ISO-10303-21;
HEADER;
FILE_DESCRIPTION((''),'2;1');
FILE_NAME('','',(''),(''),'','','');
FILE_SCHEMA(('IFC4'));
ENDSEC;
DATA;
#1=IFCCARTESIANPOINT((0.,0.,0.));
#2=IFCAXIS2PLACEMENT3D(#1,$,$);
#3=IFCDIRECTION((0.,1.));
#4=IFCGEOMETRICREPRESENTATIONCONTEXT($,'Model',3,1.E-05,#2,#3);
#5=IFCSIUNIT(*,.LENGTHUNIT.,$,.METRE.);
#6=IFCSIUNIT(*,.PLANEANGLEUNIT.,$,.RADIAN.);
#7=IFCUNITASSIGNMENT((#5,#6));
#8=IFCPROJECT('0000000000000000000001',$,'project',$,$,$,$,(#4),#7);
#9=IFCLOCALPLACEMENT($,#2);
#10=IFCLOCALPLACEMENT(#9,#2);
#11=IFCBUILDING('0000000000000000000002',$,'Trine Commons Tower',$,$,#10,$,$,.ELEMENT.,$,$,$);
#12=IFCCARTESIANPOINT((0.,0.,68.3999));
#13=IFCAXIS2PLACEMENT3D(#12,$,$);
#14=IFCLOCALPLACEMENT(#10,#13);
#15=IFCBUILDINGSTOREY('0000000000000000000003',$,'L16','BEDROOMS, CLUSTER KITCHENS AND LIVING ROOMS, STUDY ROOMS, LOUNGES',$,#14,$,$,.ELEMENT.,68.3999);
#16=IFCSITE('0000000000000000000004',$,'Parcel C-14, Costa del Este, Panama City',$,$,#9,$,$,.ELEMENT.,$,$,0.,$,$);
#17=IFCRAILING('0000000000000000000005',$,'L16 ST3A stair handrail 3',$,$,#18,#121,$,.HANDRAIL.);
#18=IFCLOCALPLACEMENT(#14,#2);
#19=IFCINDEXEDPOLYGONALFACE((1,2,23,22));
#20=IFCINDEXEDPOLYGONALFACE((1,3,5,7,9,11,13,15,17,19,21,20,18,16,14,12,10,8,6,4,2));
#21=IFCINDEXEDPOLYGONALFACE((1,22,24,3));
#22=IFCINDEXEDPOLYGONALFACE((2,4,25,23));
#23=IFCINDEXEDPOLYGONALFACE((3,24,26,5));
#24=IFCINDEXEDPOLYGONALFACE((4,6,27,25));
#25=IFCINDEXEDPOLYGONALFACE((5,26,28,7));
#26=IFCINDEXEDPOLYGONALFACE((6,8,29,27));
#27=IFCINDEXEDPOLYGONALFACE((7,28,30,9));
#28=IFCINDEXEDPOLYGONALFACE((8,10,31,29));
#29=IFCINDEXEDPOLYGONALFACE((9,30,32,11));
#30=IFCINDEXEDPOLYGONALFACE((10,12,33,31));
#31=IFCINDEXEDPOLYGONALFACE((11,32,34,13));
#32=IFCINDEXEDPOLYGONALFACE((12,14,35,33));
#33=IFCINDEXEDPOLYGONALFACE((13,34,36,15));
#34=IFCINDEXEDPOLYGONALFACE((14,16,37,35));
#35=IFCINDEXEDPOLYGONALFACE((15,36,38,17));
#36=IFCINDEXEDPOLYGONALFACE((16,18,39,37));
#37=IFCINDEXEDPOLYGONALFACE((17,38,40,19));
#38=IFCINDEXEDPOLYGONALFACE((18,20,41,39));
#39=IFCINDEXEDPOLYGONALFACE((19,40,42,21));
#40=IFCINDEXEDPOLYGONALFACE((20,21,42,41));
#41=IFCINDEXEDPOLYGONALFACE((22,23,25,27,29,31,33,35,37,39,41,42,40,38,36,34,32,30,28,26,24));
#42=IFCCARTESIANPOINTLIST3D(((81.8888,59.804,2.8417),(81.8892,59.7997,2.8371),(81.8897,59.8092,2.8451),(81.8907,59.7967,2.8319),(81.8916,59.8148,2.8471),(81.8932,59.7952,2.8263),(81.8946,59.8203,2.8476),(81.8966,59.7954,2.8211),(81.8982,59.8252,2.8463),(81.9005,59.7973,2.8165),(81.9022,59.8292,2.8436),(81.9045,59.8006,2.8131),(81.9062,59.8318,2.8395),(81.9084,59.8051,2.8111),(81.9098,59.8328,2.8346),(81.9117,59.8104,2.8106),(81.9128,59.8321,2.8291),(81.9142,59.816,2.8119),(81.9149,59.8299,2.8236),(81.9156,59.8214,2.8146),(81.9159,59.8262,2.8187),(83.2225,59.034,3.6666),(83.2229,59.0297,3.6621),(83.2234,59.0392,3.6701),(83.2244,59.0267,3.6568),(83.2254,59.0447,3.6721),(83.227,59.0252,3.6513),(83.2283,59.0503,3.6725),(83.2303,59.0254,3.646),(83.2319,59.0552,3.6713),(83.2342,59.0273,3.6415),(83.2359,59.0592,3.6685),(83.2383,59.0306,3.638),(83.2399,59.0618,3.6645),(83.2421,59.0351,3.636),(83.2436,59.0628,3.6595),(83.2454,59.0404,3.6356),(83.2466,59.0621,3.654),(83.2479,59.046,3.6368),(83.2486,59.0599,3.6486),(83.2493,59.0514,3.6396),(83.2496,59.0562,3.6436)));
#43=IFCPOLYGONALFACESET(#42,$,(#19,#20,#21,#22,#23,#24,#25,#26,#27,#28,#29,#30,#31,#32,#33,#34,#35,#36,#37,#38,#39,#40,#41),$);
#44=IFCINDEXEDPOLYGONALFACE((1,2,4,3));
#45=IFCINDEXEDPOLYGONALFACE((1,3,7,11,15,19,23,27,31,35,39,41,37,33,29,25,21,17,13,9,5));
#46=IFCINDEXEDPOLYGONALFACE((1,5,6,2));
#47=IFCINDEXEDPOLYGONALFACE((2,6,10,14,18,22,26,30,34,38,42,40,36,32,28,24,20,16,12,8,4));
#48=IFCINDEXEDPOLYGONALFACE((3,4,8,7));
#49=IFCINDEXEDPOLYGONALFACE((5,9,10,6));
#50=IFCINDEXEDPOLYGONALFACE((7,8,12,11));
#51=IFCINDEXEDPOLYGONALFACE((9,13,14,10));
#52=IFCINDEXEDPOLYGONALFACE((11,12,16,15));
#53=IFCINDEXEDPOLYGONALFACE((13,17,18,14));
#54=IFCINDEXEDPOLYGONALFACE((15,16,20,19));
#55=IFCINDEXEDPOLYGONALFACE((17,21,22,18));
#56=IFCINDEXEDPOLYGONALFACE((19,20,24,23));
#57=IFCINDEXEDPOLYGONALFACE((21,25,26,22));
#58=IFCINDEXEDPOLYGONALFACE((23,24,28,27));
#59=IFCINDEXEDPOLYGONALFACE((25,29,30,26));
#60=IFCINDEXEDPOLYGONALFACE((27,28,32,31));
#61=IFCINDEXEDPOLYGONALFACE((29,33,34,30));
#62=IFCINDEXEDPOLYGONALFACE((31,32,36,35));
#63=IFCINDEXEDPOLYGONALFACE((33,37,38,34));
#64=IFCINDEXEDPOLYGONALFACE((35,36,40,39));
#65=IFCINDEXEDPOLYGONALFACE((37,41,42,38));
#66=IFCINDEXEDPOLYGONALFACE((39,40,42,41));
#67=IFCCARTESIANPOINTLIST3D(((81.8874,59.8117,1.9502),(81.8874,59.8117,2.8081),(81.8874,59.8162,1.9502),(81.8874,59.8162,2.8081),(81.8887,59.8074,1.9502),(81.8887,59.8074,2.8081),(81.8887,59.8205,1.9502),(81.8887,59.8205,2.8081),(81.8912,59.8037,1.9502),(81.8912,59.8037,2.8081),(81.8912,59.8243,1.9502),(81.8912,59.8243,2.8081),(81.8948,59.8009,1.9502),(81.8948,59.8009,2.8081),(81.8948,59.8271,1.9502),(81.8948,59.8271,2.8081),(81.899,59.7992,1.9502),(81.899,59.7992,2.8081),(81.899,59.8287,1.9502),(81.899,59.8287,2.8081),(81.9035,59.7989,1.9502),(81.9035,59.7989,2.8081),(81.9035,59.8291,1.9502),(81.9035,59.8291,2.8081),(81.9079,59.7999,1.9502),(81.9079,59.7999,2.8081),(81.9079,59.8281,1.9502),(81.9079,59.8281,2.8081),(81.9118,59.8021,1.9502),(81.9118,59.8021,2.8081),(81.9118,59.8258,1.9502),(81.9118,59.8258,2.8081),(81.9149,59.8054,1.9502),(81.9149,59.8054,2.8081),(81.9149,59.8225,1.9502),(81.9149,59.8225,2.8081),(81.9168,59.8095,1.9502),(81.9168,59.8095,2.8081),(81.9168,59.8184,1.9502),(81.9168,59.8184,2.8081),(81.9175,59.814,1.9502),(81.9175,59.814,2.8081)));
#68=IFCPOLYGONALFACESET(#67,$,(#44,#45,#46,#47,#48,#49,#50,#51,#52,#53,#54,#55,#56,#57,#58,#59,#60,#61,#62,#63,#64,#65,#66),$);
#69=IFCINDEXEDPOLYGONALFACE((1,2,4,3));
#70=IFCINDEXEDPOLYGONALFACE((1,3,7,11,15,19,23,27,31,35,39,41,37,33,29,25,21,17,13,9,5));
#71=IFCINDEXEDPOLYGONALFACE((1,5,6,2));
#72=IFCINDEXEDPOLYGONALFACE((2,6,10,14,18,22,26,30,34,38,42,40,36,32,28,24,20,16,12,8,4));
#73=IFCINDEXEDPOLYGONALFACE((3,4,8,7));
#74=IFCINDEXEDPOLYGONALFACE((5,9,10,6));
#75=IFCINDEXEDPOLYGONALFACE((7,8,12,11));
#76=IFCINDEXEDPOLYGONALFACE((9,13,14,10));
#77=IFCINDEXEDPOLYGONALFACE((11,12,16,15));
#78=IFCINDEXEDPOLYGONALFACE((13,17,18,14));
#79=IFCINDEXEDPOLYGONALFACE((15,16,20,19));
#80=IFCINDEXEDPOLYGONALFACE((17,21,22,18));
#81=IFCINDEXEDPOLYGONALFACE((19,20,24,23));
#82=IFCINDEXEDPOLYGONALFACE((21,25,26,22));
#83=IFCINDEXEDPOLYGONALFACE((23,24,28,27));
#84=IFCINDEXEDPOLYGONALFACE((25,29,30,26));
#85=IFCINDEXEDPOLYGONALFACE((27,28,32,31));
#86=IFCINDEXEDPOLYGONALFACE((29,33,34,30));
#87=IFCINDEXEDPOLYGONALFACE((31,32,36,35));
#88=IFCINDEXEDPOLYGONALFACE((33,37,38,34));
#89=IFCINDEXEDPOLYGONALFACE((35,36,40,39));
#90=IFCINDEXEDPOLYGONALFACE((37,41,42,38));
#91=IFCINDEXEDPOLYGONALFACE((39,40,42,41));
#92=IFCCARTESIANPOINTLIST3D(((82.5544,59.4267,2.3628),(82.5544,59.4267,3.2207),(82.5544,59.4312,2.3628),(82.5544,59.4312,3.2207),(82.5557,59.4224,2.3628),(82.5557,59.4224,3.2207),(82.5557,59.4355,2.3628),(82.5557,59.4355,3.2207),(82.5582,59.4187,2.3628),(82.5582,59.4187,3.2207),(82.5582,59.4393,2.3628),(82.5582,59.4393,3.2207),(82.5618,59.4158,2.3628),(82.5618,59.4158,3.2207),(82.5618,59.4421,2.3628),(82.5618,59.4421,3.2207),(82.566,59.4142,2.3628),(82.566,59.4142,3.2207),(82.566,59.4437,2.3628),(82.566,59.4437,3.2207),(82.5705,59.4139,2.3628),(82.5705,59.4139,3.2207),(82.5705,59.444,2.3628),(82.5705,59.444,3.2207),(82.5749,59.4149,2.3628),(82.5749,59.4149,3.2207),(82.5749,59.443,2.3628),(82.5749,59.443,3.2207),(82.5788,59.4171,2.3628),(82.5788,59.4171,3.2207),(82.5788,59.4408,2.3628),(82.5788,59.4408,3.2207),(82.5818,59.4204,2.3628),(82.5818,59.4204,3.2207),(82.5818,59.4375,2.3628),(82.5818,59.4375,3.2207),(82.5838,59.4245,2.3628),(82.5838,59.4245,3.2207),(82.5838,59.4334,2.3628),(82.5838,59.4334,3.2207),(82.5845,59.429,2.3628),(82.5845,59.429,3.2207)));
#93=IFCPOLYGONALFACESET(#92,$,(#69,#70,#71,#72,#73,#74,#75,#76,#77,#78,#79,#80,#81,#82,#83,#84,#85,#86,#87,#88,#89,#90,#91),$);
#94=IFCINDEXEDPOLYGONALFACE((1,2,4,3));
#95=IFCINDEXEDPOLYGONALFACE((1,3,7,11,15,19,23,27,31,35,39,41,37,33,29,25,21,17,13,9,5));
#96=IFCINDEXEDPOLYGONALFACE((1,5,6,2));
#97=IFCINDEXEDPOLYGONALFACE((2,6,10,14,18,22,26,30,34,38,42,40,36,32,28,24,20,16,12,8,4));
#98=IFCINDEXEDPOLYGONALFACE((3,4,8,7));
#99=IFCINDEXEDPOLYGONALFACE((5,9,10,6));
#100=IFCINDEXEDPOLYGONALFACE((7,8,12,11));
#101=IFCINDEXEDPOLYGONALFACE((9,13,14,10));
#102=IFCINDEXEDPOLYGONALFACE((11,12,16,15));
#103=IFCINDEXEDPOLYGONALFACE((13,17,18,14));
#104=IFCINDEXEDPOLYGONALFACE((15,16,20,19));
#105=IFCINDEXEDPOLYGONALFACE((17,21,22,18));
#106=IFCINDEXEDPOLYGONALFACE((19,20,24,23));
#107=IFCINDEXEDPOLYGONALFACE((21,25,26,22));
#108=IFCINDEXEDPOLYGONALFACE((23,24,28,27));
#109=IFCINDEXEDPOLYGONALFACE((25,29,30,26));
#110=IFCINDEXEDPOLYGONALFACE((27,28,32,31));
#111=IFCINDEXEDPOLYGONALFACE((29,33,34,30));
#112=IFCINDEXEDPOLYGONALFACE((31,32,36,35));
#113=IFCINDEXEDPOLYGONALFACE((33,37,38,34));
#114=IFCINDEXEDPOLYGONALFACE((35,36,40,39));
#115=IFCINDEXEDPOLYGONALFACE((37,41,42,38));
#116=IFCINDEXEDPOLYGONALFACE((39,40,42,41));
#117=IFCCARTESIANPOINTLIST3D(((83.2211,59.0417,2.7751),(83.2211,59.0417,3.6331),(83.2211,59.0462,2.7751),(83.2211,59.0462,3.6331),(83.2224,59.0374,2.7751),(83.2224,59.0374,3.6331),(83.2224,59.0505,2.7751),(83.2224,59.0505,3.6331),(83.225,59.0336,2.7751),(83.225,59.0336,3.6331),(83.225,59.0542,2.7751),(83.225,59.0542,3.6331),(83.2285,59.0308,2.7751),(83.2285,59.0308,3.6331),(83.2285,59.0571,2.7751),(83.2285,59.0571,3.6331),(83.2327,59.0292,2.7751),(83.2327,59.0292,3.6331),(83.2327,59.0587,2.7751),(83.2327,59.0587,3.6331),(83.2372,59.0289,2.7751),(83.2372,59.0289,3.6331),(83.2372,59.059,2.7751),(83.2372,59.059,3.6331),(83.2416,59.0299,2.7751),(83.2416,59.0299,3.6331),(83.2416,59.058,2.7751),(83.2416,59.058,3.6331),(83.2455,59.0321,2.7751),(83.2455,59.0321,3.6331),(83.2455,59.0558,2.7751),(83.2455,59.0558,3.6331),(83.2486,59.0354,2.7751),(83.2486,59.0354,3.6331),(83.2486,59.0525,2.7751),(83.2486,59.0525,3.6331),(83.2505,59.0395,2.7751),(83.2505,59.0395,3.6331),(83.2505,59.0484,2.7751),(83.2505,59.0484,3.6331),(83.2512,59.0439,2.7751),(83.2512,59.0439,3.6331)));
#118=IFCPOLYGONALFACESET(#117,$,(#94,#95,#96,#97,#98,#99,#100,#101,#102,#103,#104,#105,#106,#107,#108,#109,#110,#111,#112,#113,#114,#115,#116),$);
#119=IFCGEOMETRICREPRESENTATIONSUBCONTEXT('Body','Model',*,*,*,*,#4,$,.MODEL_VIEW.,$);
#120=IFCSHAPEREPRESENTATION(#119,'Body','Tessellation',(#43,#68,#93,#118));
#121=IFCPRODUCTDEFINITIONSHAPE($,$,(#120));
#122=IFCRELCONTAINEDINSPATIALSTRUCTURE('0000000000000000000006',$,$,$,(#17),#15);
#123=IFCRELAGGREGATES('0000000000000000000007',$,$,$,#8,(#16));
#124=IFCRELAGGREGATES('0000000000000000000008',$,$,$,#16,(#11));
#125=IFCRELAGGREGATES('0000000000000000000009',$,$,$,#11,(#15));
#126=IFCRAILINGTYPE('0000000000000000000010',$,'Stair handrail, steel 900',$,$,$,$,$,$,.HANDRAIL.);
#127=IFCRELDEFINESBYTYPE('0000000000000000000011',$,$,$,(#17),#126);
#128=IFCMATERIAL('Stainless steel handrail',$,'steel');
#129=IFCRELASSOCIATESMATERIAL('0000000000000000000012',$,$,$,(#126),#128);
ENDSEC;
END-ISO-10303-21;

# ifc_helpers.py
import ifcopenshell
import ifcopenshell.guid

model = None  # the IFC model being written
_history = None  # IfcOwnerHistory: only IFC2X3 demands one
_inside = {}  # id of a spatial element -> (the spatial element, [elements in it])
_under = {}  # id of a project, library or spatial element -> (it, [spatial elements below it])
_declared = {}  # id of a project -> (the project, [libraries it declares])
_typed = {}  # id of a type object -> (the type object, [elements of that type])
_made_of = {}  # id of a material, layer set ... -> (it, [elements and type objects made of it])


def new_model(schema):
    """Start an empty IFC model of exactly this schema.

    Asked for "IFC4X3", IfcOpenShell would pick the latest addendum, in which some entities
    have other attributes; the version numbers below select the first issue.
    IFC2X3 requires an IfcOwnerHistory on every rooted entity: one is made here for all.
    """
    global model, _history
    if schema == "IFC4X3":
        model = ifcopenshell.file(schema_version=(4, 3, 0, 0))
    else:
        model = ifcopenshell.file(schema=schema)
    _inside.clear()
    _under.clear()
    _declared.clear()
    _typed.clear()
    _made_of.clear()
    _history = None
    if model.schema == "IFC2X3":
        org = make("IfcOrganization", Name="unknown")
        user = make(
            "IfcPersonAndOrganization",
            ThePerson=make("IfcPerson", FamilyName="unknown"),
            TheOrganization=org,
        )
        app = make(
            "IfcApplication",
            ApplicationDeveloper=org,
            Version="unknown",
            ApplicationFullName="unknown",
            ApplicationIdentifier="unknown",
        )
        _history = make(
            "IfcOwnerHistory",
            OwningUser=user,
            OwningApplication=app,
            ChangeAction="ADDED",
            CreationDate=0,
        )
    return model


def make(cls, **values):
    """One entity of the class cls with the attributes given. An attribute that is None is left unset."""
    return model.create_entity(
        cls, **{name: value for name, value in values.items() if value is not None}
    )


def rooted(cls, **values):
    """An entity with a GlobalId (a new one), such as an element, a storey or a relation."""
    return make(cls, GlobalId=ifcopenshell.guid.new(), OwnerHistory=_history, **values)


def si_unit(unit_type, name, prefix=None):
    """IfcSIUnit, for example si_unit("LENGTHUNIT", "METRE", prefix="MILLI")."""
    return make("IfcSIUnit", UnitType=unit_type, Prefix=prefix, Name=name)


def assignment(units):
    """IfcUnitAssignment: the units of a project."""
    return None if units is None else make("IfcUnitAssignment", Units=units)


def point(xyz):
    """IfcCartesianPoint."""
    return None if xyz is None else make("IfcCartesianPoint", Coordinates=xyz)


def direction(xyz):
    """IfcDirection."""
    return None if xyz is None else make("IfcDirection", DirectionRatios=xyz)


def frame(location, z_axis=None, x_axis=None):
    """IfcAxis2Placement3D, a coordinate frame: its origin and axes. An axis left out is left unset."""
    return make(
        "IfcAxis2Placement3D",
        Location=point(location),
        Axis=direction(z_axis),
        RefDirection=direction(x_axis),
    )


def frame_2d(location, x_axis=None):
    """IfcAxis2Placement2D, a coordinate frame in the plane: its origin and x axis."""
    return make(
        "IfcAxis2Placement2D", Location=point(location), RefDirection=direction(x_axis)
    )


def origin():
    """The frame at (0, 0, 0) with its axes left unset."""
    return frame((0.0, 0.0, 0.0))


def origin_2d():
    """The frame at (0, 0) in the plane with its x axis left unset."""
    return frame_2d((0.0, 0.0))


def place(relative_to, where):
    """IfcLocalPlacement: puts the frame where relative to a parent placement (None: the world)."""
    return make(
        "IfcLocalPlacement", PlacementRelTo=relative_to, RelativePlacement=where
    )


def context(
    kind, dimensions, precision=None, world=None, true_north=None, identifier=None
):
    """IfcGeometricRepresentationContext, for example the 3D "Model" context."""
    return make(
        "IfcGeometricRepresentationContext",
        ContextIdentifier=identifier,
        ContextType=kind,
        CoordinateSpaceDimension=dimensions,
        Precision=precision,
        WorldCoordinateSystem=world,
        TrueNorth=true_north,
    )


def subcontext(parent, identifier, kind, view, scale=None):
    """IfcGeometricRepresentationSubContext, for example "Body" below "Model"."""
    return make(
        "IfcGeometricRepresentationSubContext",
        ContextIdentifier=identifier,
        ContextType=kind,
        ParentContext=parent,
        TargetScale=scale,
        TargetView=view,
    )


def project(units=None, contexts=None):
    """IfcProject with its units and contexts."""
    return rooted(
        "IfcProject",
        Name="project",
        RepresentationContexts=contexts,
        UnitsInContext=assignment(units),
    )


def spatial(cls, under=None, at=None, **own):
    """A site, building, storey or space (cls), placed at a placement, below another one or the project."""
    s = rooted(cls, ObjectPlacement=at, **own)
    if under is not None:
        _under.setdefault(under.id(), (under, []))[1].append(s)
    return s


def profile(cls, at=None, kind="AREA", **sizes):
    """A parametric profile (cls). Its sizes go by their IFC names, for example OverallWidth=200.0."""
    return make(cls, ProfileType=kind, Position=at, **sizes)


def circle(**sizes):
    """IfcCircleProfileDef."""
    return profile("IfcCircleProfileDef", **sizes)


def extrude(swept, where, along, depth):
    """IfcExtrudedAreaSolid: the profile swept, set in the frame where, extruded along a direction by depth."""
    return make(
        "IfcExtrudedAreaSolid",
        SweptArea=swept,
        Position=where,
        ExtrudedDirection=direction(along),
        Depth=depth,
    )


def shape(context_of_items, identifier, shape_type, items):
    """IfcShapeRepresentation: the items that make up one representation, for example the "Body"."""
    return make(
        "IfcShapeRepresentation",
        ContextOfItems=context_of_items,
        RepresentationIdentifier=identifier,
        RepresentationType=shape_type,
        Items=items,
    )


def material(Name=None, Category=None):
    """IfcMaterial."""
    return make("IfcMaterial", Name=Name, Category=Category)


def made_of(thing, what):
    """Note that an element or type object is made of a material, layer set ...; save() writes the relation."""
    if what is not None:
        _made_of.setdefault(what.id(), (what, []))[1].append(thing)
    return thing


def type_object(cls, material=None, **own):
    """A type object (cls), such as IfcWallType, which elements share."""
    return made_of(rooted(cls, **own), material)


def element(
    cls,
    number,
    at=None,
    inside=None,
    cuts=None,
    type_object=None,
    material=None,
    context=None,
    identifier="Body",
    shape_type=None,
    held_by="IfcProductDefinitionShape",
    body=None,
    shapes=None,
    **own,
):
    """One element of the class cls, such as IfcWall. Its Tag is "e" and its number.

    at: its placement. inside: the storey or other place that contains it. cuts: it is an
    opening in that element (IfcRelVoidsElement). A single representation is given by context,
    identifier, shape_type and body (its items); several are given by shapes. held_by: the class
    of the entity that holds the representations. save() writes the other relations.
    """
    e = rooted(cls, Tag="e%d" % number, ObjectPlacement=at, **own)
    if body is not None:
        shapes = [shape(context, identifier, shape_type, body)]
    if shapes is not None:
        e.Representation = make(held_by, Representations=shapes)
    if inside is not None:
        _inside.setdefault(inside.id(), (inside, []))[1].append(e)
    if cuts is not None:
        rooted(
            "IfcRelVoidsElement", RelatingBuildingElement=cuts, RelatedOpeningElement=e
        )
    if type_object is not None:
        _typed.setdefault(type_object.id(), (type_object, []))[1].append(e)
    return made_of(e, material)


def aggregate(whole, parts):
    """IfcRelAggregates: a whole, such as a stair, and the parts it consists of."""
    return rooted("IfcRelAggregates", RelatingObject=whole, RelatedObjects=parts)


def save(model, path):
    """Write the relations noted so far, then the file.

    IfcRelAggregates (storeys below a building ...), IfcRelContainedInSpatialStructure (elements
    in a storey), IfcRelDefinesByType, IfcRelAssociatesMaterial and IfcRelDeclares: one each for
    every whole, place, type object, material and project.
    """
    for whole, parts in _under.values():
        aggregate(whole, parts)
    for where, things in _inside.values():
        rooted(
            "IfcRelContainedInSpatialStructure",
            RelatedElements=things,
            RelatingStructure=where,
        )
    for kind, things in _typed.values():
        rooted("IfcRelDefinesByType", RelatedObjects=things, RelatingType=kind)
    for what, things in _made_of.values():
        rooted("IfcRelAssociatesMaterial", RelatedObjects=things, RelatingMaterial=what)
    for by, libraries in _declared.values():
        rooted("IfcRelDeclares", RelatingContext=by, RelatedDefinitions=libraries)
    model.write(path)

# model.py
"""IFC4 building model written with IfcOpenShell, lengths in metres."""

from ifc_helpers import new_model, si_unit, direction, frame, origin, origin_2d, place, context, subcontext, project, spatial, circle, extrude, material, type_object, element, save


model = new_model("IFC4")

# Units and contexts
model_context = context("Model", 3, precision=1e-05, world=origin(), true_north=direction((0.0, 1.0)))
body_context = subcontext(model_context, "Body", "Model", "MODEL_VIEW")
ifc_project = project(units=[si_unit("LENGTHUNIT", "METRE"), si_unit("PLANEANGLEUNIT", "RADIAN")], contexts=[model_context])

# Site, building, storey
site_placement = place(None, origin())
site = spatial("IfcSite", under=ifc_project, at=site_placement, Name="Parcel C-14, Costa del Este, Panama City", CompositionType="ELEMENT", RefElevation=0.0)
building_placement = place(site_placement, origin())
building = spatial("IfcBuilding", under=site, at=building_placement, Name="Trine Commons Tower", CompositionType="ELEMENT")
storey_placement = place(building_placement, frame((0.0, 0.0, 68.3999)))
storey = spatial("IfcBuildingStorey", under=building, at=storey_placement, Name="L16", Description="BEDROOMS, CLUSTER KITCHENS AND LIVING ROOMS, STUDY ROOMS, LOUNGES", CompositionType="ELEMENT", Elevation=68.3999)

# Railing
ifc_material_1 = material(Name="Stainless steel handrail", Category="steel")
railing_type_1 = type_object("IfcRailingType", Name="Stair handrail, steel 900", PredefinedType="HANDRAIL", material=ifc_material_1)
railing_1_placement = place(storey_placement, frame((81.9023, 59.814, 1.9502)))
element("IfcRailing", 1, at=railing_1_placement, inside=storey, type_object=railing_type_1, Name="L16 ST3A stair handrail 3", PredefinedType="HANDRAIL", context=body_context, shape_type="SweptSolid", body=[
    extrude(circle(Radius=0.021, at=origin_2d()), frame((0.0, 0.0, 0.8789), z_axis=(0.763405, -0.440743, 0.472185), x_axis=(0.499992, 0.86603, 0.0)), (0.0, 0.0, 1.0), 1.7471),
    extrude(circle(Radius=0.0151, at=origin_2d()), origin(), (0.0, 0.0, 1.0), 0.8579),
    extrude(circle(Radius=0.0151, at=origin_2d()), frame((0.667, -0.385, 0.4126)), (0.0, 0.0, 1.0), 0.8579),
    extrude(circle(Radius=0.0151, at=origin_2d()), frame((1.3337, -0.77, 0.825)), (0.0, 0.0, 1.0), 0.8579),
])

save(model, "model.ifc")
